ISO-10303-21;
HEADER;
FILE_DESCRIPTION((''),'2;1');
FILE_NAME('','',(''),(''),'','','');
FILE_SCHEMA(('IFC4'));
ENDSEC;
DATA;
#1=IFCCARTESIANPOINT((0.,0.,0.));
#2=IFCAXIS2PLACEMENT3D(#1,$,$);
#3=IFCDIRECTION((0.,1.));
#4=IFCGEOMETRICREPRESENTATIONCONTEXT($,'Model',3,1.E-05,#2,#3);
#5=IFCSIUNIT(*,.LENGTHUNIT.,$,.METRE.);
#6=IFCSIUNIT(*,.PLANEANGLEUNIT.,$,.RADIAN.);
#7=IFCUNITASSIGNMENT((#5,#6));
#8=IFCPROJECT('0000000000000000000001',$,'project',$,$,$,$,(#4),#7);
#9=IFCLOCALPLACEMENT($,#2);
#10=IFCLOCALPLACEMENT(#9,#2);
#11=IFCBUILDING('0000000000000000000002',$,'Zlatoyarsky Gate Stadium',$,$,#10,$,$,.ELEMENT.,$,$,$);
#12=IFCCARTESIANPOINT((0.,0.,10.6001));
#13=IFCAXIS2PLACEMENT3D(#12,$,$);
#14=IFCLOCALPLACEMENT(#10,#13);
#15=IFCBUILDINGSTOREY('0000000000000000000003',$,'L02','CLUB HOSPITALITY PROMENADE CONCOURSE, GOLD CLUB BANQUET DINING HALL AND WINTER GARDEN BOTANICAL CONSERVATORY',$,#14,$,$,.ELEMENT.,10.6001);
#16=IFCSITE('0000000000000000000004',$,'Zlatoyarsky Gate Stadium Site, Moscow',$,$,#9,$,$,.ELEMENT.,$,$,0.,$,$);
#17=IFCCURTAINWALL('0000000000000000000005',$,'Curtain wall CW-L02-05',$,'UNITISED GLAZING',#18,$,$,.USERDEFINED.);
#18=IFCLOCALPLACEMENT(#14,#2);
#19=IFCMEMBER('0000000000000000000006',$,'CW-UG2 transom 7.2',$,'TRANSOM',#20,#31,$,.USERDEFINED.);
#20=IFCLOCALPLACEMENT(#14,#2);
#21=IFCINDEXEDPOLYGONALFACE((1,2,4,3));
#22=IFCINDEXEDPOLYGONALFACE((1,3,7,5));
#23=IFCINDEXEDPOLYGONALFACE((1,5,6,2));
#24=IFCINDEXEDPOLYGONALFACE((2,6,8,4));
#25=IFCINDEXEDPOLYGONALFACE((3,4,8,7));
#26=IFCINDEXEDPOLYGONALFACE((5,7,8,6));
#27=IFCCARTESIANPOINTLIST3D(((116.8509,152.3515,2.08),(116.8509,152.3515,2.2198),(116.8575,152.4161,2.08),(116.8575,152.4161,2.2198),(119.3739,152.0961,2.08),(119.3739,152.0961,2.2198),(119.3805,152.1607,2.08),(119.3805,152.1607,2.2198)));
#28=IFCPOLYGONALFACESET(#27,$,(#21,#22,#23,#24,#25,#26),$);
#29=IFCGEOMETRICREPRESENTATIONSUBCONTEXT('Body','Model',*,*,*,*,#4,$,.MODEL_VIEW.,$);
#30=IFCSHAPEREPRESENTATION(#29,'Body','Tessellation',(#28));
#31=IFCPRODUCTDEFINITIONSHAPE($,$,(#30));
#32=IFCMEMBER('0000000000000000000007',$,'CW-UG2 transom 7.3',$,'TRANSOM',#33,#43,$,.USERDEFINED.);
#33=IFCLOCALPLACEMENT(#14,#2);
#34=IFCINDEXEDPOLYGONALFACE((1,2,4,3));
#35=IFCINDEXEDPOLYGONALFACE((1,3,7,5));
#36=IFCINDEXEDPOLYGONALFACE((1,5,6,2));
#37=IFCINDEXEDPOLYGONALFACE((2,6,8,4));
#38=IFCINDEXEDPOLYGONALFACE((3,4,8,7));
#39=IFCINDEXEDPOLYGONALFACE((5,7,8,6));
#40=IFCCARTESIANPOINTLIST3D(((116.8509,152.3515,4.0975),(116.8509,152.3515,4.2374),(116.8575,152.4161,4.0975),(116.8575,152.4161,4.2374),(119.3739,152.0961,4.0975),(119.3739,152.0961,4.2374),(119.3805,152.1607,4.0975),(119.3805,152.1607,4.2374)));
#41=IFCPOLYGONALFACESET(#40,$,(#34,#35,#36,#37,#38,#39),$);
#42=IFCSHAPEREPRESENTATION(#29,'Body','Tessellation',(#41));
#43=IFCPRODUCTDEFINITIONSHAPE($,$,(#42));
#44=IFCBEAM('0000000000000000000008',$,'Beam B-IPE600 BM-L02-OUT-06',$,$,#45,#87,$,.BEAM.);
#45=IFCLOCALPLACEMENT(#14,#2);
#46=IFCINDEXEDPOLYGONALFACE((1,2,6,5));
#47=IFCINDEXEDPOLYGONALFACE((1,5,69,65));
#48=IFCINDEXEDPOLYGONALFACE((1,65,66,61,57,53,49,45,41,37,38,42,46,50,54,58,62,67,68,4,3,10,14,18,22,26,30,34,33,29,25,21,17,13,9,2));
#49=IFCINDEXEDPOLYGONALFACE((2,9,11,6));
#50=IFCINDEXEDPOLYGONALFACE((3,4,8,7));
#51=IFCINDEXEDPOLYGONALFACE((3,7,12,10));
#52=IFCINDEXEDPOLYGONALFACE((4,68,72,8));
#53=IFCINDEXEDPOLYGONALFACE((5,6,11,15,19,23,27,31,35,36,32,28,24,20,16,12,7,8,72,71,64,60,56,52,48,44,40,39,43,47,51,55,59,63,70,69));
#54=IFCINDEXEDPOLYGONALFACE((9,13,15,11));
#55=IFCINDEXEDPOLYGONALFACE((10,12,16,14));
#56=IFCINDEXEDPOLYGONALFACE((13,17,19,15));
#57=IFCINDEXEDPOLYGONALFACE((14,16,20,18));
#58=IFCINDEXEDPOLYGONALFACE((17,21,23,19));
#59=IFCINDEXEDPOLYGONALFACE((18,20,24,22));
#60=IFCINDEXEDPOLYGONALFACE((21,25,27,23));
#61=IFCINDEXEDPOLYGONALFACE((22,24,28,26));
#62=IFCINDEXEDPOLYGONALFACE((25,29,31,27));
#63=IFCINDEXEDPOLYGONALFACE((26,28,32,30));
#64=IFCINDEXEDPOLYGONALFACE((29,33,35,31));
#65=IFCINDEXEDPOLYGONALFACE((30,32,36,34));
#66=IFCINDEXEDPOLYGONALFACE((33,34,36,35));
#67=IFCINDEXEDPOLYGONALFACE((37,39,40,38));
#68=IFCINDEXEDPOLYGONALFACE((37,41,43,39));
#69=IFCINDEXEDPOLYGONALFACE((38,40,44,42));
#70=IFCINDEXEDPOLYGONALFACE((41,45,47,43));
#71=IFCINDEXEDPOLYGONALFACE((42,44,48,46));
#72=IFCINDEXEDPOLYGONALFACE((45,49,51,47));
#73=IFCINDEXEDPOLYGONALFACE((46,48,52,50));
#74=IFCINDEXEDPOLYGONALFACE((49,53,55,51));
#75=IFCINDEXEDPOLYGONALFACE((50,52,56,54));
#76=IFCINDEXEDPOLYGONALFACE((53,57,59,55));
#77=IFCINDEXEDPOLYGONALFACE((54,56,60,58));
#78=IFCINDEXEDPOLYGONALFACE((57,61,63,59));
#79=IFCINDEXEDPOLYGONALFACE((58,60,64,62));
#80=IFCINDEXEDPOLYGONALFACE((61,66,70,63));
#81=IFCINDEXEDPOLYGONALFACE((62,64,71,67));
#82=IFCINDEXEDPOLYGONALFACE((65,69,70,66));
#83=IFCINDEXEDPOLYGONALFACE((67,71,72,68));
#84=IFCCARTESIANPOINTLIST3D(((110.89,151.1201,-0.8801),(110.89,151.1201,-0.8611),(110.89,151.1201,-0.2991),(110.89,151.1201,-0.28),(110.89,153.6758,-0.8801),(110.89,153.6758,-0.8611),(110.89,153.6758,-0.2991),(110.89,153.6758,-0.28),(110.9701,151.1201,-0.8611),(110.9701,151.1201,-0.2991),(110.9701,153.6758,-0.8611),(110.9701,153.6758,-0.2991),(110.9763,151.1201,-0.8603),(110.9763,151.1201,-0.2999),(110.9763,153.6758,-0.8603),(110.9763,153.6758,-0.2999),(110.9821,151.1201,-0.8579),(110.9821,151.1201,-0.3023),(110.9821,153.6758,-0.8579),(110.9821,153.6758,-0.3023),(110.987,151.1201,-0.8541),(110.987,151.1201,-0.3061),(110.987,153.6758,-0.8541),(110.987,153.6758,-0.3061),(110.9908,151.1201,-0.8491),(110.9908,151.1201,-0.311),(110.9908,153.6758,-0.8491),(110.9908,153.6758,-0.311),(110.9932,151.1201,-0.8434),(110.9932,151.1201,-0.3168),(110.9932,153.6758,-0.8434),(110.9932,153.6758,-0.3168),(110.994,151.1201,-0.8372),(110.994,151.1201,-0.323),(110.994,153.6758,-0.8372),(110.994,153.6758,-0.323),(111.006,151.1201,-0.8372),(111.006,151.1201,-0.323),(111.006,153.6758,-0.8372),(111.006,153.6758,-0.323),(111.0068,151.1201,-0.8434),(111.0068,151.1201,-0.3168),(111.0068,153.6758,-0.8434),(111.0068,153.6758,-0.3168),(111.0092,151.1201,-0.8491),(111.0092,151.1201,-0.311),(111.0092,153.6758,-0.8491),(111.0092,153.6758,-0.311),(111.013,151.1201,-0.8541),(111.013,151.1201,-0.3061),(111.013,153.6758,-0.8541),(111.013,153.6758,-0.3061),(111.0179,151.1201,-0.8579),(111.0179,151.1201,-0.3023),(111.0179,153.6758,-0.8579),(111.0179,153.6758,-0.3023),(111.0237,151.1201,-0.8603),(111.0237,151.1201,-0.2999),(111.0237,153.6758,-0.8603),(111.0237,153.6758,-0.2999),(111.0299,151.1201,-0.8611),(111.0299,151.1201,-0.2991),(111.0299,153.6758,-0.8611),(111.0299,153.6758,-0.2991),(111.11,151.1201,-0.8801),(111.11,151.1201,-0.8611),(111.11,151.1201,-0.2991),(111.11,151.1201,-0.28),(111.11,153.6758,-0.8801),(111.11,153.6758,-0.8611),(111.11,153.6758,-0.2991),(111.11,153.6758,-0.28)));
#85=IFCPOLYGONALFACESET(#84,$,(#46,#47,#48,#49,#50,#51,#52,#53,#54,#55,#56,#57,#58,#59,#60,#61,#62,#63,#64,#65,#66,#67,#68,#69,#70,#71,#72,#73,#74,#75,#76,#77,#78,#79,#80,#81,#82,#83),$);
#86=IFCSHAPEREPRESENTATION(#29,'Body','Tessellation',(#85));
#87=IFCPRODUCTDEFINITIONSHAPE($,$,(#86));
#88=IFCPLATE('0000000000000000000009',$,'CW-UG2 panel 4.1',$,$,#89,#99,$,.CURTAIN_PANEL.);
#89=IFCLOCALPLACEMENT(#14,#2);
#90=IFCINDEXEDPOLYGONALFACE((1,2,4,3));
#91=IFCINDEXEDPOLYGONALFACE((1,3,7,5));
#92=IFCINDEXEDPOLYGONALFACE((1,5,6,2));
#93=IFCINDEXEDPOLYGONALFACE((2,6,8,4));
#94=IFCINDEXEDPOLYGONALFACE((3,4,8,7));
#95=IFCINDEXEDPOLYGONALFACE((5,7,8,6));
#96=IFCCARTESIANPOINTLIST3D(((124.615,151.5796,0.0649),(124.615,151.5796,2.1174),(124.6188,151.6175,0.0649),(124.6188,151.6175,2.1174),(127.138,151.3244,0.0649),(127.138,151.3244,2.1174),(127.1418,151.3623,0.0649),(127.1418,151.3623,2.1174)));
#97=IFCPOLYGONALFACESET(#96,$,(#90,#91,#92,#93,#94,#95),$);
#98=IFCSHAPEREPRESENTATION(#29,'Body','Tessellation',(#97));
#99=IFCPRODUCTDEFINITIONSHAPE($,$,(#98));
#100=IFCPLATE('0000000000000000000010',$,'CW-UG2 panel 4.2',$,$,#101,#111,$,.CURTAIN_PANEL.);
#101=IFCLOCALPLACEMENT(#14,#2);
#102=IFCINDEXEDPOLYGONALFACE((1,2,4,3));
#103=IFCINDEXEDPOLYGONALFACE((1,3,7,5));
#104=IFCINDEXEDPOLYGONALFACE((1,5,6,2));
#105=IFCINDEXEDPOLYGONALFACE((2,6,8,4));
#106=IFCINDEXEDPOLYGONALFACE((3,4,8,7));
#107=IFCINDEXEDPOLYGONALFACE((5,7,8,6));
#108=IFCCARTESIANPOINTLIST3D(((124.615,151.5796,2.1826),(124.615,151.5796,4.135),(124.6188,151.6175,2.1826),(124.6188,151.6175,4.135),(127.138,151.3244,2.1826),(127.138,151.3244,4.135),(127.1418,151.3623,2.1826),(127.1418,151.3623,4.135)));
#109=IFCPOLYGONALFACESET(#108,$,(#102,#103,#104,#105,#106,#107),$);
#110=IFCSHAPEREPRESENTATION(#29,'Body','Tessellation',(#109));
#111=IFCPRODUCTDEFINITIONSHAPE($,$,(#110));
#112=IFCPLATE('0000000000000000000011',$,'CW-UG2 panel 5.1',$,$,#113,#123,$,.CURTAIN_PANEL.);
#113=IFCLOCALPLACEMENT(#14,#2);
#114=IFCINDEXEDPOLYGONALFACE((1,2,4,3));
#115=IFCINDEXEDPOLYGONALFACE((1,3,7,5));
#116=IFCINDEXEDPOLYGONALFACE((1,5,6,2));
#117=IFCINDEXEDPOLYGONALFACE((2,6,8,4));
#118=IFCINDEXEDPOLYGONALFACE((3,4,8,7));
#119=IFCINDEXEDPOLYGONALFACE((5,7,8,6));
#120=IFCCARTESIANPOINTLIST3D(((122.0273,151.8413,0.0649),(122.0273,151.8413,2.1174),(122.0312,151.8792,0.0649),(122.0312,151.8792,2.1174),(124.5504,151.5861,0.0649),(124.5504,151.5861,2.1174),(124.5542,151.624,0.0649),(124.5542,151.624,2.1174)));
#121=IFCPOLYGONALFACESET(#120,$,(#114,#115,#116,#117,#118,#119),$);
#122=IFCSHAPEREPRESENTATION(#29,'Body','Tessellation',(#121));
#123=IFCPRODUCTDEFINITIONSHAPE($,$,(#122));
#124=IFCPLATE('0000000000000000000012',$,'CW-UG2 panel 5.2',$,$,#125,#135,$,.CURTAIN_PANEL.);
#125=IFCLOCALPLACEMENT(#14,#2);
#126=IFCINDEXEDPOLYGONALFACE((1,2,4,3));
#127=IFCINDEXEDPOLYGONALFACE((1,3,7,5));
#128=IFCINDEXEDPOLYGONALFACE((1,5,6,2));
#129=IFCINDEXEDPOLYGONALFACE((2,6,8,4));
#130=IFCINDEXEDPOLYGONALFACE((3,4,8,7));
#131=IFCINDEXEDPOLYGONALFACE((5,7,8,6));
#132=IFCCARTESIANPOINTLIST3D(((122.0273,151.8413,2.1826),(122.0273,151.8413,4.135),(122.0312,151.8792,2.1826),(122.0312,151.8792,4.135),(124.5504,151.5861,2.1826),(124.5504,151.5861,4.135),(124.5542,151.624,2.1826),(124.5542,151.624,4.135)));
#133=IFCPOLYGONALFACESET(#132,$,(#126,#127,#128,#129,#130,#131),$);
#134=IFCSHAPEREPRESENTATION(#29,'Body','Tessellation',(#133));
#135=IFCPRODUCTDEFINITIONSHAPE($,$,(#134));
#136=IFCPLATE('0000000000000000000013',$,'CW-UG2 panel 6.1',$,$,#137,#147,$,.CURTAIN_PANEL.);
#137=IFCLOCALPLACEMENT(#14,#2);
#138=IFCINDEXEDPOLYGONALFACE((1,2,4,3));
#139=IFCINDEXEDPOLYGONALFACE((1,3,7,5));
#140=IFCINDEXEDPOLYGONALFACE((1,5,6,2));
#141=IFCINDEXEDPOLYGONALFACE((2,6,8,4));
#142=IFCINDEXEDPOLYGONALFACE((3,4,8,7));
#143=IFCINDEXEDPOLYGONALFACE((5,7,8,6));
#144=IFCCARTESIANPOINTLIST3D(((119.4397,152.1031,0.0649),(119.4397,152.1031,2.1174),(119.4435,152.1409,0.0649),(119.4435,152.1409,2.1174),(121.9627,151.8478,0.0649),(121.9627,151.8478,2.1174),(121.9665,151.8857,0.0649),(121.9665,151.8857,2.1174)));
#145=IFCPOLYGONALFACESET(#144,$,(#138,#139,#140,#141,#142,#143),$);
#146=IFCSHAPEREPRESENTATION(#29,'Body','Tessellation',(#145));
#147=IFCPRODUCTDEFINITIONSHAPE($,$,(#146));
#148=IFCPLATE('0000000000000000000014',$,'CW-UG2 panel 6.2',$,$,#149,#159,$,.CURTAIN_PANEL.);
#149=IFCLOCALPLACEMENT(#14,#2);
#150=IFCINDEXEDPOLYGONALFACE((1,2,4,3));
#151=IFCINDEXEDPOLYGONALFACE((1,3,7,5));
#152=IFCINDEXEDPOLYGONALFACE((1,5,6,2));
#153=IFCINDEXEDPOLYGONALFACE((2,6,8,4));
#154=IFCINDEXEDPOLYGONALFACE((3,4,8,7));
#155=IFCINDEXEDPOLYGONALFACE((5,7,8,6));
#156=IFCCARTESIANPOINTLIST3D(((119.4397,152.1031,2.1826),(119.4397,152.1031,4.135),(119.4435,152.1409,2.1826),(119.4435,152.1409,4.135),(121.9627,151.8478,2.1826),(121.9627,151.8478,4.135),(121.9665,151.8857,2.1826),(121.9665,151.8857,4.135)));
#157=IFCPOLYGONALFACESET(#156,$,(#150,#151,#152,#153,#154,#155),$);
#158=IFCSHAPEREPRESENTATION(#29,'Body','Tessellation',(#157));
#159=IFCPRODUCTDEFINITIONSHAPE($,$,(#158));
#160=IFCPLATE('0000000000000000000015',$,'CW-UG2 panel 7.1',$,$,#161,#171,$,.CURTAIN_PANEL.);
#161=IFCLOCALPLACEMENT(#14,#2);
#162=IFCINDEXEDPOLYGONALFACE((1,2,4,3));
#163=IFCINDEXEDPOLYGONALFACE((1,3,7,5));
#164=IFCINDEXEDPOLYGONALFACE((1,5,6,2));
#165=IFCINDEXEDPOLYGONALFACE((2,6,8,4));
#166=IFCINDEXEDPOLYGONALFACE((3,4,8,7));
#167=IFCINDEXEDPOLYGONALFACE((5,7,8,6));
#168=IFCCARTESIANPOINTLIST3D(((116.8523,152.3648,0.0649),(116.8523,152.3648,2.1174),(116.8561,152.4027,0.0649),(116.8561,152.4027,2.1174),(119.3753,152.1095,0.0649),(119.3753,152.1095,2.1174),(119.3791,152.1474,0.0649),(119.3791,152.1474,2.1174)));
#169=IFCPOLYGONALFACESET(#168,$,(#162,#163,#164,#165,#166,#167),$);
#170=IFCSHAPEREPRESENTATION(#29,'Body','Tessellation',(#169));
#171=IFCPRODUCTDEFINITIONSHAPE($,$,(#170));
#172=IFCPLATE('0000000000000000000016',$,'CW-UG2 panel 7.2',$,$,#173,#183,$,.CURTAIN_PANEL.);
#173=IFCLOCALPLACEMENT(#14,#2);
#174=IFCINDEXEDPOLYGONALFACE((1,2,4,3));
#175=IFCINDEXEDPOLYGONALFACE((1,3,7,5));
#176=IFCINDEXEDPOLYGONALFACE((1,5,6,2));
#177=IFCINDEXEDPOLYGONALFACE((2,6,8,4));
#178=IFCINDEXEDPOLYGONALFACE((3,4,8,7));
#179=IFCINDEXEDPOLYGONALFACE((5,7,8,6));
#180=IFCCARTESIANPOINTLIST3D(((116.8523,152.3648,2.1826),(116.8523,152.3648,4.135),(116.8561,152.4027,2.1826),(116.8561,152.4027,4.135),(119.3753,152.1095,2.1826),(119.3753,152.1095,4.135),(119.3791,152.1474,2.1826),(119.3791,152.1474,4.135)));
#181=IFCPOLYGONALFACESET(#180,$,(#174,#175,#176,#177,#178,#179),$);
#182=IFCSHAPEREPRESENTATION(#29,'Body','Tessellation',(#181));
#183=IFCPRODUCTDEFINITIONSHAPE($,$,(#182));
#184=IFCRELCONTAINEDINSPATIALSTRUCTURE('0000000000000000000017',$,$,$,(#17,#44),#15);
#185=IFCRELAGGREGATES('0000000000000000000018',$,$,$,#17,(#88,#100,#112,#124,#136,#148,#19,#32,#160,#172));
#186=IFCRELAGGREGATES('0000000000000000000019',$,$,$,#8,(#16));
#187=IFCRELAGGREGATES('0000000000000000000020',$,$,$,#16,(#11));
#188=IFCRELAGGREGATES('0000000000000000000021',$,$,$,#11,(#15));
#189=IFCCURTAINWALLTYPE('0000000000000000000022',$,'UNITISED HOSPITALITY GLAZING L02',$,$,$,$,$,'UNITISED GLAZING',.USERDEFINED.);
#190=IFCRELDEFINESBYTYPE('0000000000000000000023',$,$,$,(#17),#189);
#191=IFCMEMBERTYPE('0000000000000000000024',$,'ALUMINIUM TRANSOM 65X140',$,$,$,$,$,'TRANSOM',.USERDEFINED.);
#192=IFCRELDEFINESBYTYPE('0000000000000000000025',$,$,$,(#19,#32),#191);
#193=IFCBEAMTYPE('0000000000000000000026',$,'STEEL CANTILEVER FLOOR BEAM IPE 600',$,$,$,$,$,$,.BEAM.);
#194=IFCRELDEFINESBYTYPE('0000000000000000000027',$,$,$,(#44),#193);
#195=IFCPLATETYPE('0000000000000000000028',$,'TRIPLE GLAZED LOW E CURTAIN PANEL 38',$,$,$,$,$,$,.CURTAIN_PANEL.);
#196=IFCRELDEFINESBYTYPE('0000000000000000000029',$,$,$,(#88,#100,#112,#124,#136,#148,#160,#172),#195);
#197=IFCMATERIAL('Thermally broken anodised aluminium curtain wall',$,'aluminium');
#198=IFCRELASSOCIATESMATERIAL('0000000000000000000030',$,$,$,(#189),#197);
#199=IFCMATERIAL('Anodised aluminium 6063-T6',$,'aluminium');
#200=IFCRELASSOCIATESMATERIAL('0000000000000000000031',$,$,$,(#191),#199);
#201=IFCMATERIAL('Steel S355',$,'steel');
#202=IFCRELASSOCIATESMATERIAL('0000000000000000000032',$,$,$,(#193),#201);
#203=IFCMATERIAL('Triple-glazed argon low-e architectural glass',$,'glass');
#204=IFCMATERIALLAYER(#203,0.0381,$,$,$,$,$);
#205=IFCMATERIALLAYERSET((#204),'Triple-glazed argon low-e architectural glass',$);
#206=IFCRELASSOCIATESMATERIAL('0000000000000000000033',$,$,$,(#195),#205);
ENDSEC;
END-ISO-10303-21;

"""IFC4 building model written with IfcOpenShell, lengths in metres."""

from ifc_helpers import new_model, si_unit, direction, frame, origin, origin_2d, place, context, subcontext, project, spatial, rectangle, i_section, extrude, material, layer, layer_set, material_profile, profile_set, type_object, element, aggregate, save


model = new_model("IFC4")

# Units and contexts
model_context = context("Model", 3, precision=1e-05, world=origin(), true_north=direction((0.0, 1.0)))
body_context = subcontext(model_context, "Body", "Model", "MODEL_VIEW")
ifc_project = project(units=[si_unit("LENGTHUNIT", "METRE"), si_unit("PLANEANGLEUNIT", "RADIAN")], contexts=[model_context])

# Site, building, storey
site_placement = place(None, origin())
site = spatial("IfcSite", under=ifc_project, at=site_placement, Name="Zlatoyarsky Gate Stadium Site, Moscow", CompositionType="ELEMENT", RefElevation=0.0)
building_placement = place(site_placement, origin())
building = spatial("IfcBuilding", under=site, at=building_placement, Name="Zlatoyarsky Gate Stadium", CompositionType="ELEMENT")
storey_placement = place(building_placement, frame((0.0, 0.0, 10.6001)))
storey = spatial("IfcBuildingStorey", under=building, at=storey_placement, Name="L02", Description="CLUB HOSPITALITY PROMENADE CONCOURSE, GOLD CLUB BANQUET DINING HALL AND WINTER GARDEN BOTANICAL CONSERVATORY", CompositionType="ELEMENT", Elevation=10.6001)

# Shared definitions
ifc_material_1 = material(Name="Steel S355", Category="steel")

# Curtain wall, members
ifc_material_2 = material(Name="Thermally broken anodised aluminium curtain wall", Category="aluminium")
curtain_wall_type = type_object("IfcCurtainWallType", Name="UNITISED HOSPITALITY GLAZING L02", ElementType="UNITISED GLAZING", PredefinedType="USERDEFINED", material=ifc_material_2)
curtain_wall_placement = place(storey_placement, origin())
curtain_wall = element("IfcCurtainWall", 1, at=curtain_wall_placement, inside=storey, type_object=curtain_wall_type, Name="Curtain wall CW-L02-05", ObjectType="UNITISED GLAZING", PredefinedType="USERDEFINED")
ifc_material_3 = material(Name="Anodised aluminium 6063-T6", Category="aluminium")
ifc_material_profile_1 = material_profile(ifc_material_3, rectangle(XDim=0.0649, YDim=0.1399, at=origin_2d()), Name="ALU 65X140")
ifc_profile_set_1 = profile_set([ifc_material_profile_1], Name="Anodised aluminium 6063-T6")
member_type_1 = type_object("IfcMemberType", Name="ALUMINIUM TRANSOM 65X140", ElementType="TRANSOM", PredefinedType="USERDEFINED", material=ifc_profile_set_1)
member_1_placement = place(storey_placement, frame((119.3772, 152.1284, 2.1499), z_axis=(-0.994916, 0.100705, 0.0), x_axis=(-0.100705, -0.994916, 0.0)))
member_1 = element("IfcMember", 2, at=member_1_placement, type_object=member_type_1, Name="CW-UG2 transom 7.2", ObjectType="TRANSOM", PredefinedType="USERDEFINED", context=body_context, shape_type="SweptSolid", body=[
    extrude(rectangle(XDim=0.0649, YDim=0.1399, at=origin_2d()), origin(), (0.0, 0.0, 1.0), 2.5359),
])
member_2_placement = place(storey_placement, frame((119.3772, 152.1284, 4.1675), z_axis=(-0.994916, 0.100705, 0.0), x_axis=(-0.100705, -0.994916, 0.0)))
member_2 = element("IfcMember", 3, at=member_2_placement, type_object=member_type_1, Name="CW-UG2 transom 7.3", ObjectType="TRANSOM", PredefinedType="USERDEFINED", context=body_context, shape_type="SweptSolid", body=[
    extrude(rectangle(XDim=0.0649, YDim=0.1399, at=origin_2d()), origin(), (0.0, 0.0, 1.0), 2.5359),
])

# Beam
ifc_material_profile_2 = material_profile(ifc_material_1, i_section(OverallWidth=0.22, OverallDepth=0.6001, WebThickness=0.012, FlangeThickness=0.019, FilletRadius=0.0239, at=origin_2d()), Name="IPE 600")
ifc_profile_set_2 = profile_set([ifc_material_profile_2], Name="Steel S355")
beam_type = type_object("IfcBeamType", Name="STEEL CANTILEVER FLOOR BEAM IPE 600", PredefinedType="BEAM", material=ifc_profile_set_2)
beam_placement = place(storey_placement, frame((111.0, 151.1201, -0.5801), z_axis=(0.0, 1.0, 0.0), x_axis=(-1.0, 0.0, 0.0)))
element("IfcBeam", 4, at=beam_placement, inside=storey, type_object=beam_type, Name="Beam B-IPE600 BM-L02-OUT-06", PredefinedType="BEAM", context=body_context, shape_type="SweptSolid", body=[
    extrude(i_section(OverallWidth=0.22, OverallDepth=0.6001, WebThickness=0.012, FlangeThickness=0.019, FilletRadius=0.0239, at=origin_2d()), origin(), (0.0, 0.0, 1.0), 2.5557),
])

# Plates
ifc_material_4 = material(Name="Triple-glazed argon low-e architectural glass", Category="glass")
ifc_layer = layer(ifc_material_4, 0.0381)
ifc_layer_set = layer_set([ifc_layer], Name="Triple-glazed argon low-e architectural glass")
plate_type = type_object("IfcPlateType", Name="TRIPLE GLAZED LOW E CURTAIN PANEL 38", PredefinedType="CURTAIN_PANEL", material=ifc_layer_set)
plate_1_placement = place(storey_placement, frame((125.8784, 151.4709, 0.0649), z_axis=(0.0, 0.0, 1.0), x_axis=(-0.994922, 0.100645, 0.0)))
plate_1 = element("IfcPlate", 5, at=plate_1_placement, type_object=plate_type, Name="CW-UG2 panel 4.1", PredefinedType="CURTAIN_PANEL", context=body_context, shape_type="SweptSolid", body=[
    extrude(rectangle(XDim=2.5359, YDim=0.0381, at=origin_2d()), origin(), (0.0, 0.0, 1.0), 2.0525),
])
plate_2_placement = place(storey_placement, frame((125.8784, 151.4709, 2.1826), z_axis=(0.0, 0.0, 1.0), x_axis=(-0.994922, 0.100645, 0.0)))
plate_2 = element("IfcPlate", 6, at=plate_2_placement, type_object=plate_type, Name="CW-UG2 panel 4.2", PredefinedType="CURTAIN_PANEL", context=body_context, shape_type="SweptSolid", body=[
    extrude(rectangle(XDim=2.5359, YDim=0.0381, at=origin_2d()), origin(), (0.0, 0.0, 1.0), 1.9524),
])
plate_3_placement = place(storey_placement, frame((123.2908, 151.7327, 0.0649), z_axis=(0.0, 0.0, 1.0), x_axis=(-0.994922, 0.100645, 0.0)))
plate_3 = element("IfcPlate", 7, at=plate_3_placement, type_object=plate_type, Name="CW-UG2 panel 5.1", PredefinedType="CURTAIN_PANEL", context=body_context, shape_type="SweptSolid", body=[
    extrude(rectangle(XDim=2.5359, YDim=0.0381, at=origin_2d()), origin(), (0.0, 0.0, 1.0), 2.0525),
])
plate_4_placement = place(storey_placement, frame((123.2908, 151.7327, 2.1826), z_axis=(0.0, 0.0, 1.0), x_axis=(-0.994922, 0.100645, 0.0)))
plate_4 = element("IfcPlate", 8, at=plate_4_placement, type_object=plate_type, Name="CW-UG2 panel 5.2", PredefinedType="CURTAIN_PANEL", context=body_context, shape_type="SweptSolid", body=[
    extrude(rectangle(XDim=2.5359, YDim=0.0381, at=origin_2d()), origin(), (0.0, 0.0, 1.0), 1.9524),
])
plate_5_placement = place(storey_placement, frame((120.7031, 151.9944, 0.0649), z_axis=(0.0, 0.0, 1.0), x_axis=(-0.994922, 0.100645, 0.0)))
plate_5 = element("IfcPlate", 9, at=plate_5_placement, type_object=plate_type, Name="CW-UG2 panel 6.1", PredefinedType="CURTAIN_PANEL", context=body_context, shape_type="SweptSolid", body=[
    extrude(rectangle(XDim=2.5359, YDim=0.0381, at=origin_2d()), origin(), (0.0, 0.0, 1.0), 2.0525),
])
plate_6_placement = place(storey_placement, frame((120.7031, 151.9944, 2.1826), z_axis=(0.0, 0.0, 1.0), x_axis=(-0.994922, 0.100645, 0.0)))
plate_6 = element("IfcPlate", 10, at=plate_6_placement, type_object=plate_type, Name="CW-UG2 panel 6.2", PredefinedType="CURTAIN_PANEL", context=body_context, shape_type="SweptSolid", body=[
    extrude(rectangle(XDim=2.5359, YDim=0.0381, at=origin_2d()), origin(), (0.0, 0.0, 1.0), 1.9524),
])
plate_7_placement = place(storey_placement, frame((118.1157, 152.2561, 0.0649), z_axis=(0.0, 0.0, 1.0), x_axis=(-0.994922, 0.100645, 0.0)))
plate_7 = element("IfcPlate", 11, at=plate_7_placement, type_object=plate_type, Name="CW-UG2 panel 7.1", PredefinedType="CURTAIN_PANEL", context=body_context, shape_type="SweptSolid", body=[
    extrude(rectangle(XDim=2.5359, YDim=0.0381, at=origin_2d()), origin(), (0.0, 0.0, 1.0), 2.0525),
])
plate_8_placement = place(storey_placement, frame((118.1157, 152.2561, 2.1826), z_axis=(0.0, 0.0, 1.0), x_axis=(-0.994922, 0.100645, 0.0)))
plate_8 = element("IfcPlate", 12, at=plate_8_placement, type_object=plate_type, Name="CW-UG2 panel 7.2", PredefinedType="CURTAIN_PANEL", context=body_context, shape_type="SweptSolid", body=[
    extrude(rectangle(XDim=2.5359, YDim=0.0381, at=origin_2d()), origin(), (0.0, 0.0, 1.0), 1.9524),
])
aggregate(curtain_wall, [plate_1, plate_2, plate_3, plate_4, plate_5, plate_6, member_1, member_2, plate_7, plate_8])

save(model, "model.ifc")
